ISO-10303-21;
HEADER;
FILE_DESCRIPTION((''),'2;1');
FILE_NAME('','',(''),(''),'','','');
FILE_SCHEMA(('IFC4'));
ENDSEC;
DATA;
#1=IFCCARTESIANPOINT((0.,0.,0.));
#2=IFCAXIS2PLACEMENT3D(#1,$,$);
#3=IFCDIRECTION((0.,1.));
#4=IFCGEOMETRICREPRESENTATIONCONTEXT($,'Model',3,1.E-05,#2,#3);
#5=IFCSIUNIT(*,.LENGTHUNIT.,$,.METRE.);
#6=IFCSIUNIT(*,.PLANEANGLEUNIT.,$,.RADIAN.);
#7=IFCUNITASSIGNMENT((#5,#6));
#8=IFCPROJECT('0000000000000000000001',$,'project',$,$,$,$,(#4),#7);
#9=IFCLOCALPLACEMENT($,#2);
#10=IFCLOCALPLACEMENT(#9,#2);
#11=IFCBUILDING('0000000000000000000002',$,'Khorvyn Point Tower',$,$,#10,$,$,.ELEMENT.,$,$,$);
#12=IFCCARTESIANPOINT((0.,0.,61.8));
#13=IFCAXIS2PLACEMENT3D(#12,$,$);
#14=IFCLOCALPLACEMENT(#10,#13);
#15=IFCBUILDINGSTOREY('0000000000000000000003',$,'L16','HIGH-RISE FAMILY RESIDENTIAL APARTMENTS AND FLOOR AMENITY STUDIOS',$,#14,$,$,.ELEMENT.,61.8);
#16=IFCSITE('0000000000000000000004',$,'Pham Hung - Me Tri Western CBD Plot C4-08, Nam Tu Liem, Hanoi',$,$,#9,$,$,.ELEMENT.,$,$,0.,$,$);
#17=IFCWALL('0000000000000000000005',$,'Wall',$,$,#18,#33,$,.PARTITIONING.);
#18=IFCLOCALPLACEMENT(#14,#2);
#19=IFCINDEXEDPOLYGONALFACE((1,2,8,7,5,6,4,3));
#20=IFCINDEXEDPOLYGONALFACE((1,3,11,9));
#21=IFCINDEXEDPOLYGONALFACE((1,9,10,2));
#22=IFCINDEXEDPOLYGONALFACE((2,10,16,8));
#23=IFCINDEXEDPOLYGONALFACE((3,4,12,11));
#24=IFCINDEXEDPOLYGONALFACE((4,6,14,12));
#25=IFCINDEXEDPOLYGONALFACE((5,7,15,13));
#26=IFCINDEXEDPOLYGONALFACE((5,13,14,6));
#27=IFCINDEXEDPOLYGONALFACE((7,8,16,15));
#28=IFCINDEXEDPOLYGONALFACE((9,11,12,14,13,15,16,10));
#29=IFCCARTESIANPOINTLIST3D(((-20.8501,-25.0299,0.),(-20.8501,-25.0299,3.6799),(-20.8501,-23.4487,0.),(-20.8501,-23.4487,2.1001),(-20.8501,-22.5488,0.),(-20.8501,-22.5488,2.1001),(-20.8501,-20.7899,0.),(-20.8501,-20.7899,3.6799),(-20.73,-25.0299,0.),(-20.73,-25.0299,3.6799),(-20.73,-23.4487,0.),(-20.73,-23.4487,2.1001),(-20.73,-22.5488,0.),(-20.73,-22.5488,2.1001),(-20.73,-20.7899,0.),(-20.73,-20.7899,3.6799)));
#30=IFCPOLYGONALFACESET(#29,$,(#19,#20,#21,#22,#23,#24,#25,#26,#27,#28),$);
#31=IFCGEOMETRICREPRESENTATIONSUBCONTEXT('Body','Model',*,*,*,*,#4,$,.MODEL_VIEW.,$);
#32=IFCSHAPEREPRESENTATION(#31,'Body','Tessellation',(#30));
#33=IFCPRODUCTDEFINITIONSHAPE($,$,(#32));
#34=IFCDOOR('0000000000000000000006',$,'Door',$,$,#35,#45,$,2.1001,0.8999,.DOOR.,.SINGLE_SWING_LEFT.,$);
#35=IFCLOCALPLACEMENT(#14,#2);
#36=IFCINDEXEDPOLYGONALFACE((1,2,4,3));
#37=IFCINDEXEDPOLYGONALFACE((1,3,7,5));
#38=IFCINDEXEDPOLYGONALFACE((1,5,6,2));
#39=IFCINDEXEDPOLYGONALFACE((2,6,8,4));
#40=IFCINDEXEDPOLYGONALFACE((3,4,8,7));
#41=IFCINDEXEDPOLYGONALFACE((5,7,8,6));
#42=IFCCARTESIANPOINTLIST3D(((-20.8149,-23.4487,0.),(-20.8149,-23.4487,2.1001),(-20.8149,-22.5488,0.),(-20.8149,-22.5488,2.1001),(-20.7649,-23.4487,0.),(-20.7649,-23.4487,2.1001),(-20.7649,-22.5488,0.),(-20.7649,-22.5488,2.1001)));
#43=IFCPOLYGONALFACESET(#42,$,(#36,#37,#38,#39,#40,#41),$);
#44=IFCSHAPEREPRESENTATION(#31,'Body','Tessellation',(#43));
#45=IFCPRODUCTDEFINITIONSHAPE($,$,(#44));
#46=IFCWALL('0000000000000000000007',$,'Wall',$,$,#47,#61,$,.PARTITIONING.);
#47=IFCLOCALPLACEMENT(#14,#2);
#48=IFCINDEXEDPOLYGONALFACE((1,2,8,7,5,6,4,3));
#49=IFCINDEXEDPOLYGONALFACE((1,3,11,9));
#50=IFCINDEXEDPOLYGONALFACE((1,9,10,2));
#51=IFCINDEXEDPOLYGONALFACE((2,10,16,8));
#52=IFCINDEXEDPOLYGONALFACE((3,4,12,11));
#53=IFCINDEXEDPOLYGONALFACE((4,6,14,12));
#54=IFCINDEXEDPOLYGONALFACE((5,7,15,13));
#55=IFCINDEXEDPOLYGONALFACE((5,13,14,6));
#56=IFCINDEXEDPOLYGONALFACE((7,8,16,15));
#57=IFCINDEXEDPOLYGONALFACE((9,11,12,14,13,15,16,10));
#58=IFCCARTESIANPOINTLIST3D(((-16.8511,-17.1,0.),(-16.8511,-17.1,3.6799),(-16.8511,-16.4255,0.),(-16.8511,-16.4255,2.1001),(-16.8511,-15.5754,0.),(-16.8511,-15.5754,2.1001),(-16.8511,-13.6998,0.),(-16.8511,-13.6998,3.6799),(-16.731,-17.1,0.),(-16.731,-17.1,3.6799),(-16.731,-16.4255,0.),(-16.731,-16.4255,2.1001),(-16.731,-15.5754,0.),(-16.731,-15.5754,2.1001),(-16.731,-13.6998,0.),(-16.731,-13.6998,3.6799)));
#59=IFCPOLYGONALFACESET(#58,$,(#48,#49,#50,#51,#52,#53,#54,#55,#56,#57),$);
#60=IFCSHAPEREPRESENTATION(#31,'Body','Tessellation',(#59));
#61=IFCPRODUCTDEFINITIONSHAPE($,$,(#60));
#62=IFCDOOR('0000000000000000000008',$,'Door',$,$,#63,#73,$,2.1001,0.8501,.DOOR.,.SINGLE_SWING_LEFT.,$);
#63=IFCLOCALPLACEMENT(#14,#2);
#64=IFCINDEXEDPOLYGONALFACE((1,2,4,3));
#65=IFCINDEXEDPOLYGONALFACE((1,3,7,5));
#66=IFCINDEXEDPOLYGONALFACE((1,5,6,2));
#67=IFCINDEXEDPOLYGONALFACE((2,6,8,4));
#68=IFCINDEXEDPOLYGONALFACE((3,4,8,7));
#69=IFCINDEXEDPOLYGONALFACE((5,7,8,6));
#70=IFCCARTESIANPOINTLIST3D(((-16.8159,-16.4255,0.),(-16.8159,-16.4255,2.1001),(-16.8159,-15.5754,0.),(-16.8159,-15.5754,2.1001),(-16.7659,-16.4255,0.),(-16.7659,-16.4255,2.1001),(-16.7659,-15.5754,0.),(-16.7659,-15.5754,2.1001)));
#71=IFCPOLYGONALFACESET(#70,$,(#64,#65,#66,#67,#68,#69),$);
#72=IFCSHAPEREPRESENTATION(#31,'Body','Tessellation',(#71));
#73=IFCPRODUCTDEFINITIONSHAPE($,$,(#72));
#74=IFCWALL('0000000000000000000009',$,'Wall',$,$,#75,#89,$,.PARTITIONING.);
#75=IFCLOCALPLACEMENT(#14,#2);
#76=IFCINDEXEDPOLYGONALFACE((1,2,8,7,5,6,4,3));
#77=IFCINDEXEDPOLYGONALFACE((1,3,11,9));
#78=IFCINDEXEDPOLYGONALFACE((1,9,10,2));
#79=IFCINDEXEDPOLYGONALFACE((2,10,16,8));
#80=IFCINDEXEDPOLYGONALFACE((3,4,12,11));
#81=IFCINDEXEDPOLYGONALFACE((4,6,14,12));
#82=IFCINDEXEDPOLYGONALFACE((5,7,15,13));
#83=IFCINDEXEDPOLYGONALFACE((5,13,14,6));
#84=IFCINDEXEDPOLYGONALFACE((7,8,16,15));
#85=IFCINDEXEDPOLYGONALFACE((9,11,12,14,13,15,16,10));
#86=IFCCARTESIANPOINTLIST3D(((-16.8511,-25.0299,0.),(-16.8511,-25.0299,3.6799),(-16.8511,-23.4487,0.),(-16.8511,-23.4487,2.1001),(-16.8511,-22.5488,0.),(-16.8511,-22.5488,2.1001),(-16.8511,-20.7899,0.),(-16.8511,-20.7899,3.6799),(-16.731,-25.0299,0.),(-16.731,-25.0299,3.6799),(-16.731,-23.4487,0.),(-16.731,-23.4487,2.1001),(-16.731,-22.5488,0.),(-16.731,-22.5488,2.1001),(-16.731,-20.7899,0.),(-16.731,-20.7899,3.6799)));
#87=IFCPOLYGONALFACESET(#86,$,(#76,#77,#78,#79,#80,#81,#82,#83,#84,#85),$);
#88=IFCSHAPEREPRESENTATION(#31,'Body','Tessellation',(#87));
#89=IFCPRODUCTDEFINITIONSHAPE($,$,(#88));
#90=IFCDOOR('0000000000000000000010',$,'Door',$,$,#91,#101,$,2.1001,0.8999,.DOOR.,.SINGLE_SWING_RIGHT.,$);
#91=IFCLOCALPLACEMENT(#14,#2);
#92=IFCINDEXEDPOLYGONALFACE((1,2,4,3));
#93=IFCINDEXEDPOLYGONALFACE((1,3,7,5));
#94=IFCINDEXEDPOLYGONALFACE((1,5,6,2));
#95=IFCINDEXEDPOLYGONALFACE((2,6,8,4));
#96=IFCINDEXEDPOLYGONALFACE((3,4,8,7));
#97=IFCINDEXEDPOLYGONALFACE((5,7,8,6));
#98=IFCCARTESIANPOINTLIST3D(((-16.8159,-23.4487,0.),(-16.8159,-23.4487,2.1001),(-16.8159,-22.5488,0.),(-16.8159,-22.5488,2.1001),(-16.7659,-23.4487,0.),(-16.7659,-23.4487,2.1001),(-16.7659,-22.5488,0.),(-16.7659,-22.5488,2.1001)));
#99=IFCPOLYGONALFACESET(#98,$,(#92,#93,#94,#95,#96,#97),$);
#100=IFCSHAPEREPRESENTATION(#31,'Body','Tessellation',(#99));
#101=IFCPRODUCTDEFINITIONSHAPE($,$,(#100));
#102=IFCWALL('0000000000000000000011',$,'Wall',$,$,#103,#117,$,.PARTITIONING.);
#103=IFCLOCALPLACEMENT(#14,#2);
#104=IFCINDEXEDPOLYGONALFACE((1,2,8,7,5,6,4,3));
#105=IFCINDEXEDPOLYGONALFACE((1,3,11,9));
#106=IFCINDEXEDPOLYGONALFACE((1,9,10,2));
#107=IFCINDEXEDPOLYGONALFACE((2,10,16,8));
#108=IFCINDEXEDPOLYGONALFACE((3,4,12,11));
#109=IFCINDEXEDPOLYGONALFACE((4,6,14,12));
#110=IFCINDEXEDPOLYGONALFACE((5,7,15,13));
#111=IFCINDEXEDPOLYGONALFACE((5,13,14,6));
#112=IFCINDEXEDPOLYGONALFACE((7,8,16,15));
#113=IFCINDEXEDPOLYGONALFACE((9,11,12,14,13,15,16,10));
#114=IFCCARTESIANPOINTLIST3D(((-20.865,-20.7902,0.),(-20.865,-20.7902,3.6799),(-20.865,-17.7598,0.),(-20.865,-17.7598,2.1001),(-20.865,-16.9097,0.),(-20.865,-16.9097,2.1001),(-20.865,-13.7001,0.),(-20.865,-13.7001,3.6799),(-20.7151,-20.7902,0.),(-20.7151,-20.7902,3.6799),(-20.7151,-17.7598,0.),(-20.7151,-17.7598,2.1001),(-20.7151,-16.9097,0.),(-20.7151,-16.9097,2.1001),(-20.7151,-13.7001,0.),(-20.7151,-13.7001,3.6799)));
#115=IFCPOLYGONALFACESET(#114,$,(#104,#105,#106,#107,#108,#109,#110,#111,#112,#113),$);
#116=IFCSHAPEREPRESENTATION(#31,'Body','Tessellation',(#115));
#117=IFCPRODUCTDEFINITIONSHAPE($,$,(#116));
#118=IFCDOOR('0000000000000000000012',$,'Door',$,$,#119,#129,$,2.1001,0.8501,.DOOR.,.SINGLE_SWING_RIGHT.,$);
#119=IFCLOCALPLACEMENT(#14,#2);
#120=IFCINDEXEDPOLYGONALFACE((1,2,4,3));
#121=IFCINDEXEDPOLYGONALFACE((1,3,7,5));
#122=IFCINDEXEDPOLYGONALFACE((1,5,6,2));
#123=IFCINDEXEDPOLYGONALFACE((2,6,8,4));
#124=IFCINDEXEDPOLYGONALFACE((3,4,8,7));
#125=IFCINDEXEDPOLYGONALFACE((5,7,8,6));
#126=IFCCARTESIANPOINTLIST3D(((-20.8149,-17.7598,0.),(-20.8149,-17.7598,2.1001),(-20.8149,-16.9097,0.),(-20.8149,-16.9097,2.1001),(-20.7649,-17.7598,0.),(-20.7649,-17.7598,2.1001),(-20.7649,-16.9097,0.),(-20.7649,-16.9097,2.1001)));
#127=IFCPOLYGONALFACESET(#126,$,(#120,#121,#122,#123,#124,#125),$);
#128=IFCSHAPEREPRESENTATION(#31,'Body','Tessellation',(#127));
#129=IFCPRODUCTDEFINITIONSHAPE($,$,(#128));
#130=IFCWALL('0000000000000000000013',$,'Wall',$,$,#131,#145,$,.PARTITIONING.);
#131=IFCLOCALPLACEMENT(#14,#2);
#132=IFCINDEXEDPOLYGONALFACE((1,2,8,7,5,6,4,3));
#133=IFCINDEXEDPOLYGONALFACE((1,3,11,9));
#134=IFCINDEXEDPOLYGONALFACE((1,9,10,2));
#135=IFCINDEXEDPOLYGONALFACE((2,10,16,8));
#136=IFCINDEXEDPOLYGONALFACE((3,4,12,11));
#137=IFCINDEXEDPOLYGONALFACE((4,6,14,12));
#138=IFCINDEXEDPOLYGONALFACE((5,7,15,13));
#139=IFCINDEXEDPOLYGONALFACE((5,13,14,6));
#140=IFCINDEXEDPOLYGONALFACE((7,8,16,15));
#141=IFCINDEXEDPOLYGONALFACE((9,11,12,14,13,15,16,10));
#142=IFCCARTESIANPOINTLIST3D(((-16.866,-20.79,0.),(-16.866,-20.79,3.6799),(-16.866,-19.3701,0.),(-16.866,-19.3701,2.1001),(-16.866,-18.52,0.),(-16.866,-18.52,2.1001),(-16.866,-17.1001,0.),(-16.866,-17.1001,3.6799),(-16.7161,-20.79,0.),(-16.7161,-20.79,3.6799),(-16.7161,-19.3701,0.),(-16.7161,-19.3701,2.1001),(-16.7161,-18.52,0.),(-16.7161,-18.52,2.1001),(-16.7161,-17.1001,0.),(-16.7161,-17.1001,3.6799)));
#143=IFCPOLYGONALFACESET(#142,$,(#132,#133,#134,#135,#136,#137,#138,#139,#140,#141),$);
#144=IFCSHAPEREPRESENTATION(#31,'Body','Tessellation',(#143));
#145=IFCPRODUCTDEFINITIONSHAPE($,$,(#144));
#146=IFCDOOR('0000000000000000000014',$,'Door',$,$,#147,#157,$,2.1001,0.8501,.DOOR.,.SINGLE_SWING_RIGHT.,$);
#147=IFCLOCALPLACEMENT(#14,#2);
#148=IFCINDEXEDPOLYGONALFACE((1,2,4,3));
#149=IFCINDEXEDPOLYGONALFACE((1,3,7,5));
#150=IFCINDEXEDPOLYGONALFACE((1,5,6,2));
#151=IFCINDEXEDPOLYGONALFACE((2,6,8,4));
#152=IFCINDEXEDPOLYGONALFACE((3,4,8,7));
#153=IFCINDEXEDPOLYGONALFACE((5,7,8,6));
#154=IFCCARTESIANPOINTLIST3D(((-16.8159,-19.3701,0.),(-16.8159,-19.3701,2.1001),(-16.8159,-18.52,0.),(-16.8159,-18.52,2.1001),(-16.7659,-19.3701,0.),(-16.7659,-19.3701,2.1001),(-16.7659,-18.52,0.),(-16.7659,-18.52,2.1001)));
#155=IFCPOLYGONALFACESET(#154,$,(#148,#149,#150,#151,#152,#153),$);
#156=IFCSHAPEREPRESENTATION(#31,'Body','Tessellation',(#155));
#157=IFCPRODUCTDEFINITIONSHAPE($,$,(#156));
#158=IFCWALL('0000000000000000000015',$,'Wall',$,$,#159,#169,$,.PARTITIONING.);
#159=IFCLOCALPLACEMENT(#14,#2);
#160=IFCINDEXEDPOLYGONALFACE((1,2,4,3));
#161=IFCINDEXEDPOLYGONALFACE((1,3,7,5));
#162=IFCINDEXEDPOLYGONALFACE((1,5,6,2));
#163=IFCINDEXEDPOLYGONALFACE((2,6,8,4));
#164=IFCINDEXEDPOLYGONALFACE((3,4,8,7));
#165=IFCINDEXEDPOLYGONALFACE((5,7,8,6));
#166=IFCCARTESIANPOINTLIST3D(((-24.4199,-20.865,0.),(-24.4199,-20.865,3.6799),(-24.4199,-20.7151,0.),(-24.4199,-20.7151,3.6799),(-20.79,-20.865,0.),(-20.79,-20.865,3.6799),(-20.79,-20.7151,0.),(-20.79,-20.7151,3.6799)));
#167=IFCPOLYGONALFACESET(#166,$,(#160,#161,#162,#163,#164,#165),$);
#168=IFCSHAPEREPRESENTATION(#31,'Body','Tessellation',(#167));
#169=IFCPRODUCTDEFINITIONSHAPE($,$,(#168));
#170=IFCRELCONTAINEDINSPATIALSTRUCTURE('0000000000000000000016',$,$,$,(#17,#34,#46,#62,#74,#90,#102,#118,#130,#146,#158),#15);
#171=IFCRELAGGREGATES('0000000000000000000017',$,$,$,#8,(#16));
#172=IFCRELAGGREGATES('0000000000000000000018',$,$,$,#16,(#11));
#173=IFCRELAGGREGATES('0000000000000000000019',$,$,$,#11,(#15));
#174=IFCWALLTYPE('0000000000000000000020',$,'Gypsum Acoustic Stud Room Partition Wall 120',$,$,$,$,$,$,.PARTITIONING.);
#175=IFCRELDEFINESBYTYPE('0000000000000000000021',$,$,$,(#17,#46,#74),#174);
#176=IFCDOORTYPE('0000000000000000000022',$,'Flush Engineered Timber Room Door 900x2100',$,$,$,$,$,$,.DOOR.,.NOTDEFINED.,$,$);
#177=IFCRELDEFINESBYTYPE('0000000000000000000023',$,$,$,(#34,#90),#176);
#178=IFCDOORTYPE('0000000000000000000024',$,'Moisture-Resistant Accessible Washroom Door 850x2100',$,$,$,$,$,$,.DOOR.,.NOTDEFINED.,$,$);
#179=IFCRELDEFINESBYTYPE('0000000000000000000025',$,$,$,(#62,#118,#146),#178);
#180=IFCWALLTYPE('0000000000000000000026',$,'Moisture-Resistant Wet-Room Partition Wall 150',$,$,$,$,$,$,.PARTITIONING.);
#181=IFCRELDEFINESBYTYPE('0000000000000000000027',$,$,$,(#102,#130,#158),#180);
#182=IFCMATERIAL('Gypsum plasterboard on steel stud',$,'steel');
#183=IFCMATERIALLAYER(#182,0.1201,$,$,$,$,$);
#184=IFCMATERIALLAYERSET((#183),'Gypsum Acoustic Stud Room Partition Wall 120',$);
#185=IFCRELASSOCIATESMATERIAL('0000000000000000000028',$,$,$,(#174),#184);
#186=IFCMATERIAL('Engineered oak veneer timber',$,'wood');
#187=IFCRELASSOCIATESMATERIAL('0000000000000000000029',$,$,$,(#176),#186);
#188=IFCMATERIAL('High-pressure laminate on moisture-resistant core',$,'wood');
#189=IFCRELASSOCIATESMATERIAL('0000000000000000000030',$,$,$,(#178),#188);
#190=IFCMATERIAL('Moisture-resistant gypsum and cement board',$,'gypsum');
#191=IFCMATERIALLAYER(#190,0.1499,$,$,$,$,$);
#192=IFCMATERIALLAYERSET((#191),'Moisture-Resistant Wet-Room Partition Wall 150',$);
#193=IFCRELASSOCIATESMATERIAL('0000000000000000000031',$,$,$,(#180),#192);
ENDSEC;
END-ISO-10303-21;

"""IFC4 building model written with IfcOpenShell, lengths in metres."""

from ifc_helpers import new_model, si_unit, direction, frame, frame_2d, origin, place, context, subcontext, project, spatial, rectangle, extrude, material, layer, layer_set, type_object, element, fill, save


model = new_model("IFC4")

# Units and contexts
model_context = context("Model", 3, precision=1e-05, world=origin(), true_north=direction((0.0, 1.0)))
body_context = subcontext(model_context, "Body", "Model", "MODEL_VIEW")
ifc_project = project(units=[si_unit("LENGTHUNIT", "METRE"), si_unit("PLANEANGLEUNIT", "RADIAN")], contexts=[model_context])

# Site, building, storey
site_placement = place(None, origin())
site = spatial("IfcSite", under=ifc_project, at=site_placement, Name="Pham Hung - Me Tri Western CBD Plot C4-08, Nam Tu Liem, Hanoi", CompositionType="ELEMENT", RefElevation=0.0)
building_placement = place(site_placement, origin())
building = spatial("IfcBuilding", under=site, at=building_placement, Name="Khorvyn Point Tower", CompositionType="ELEMENT")
storey_placement = place(building_placement, frame((0.0, 0.0, 61.8)))
storey = spatial("IfcBuildingStorey", under=building, at=storey_placement, Name="L16", Description="HIGH-RISE FAMILY RESIDENTIAL APARTMENTS AND FLOOR AMENITY STUDIOS", CompositionType="ELEMENT", Elevation=61.8)

# Walls, openings, doors
ifc_material_1 = material(Name="Gypsum plasterboard on steel stud", Category="steel")
ifc_layer_1 = layer(ifc_material_1, 0.1201)
ifc_layer_set_1 = layer_set([ifc_layer_1], Name="Gypsum Acoustic Stud Room Partition Wall 120")
wall_type_1 = type_object("IfcWallType", Name="Gypsum Acoustic Stud Room Partition Wall 120", PredefinedType="PARTITIONING", material=ifc_layer_set_1)
wall_1_placement = place(storey_placement, frame((-20.79, -25.03, 0.0), z_axis=(0.0, 0.0, 1.0), x_axis=(0.0, 1.0, 0.0)))
wall_1 = element("IfcWall", 1, at=wall_1_placement, inside=storey, type_object=wall_type_1, Name="Wall", PredefinedType="PARTITIONING", context=body_context, shape_type="SweptSolid", body=[
    extrude(rectangle(XDim=4.24, YDim=0.1201, at=frame_2d((2.1201, 0.0))), origin(), (0.0, 0.0, 1.0), 3.6799),
])
opening_1_placement = place(wall_1_placement, frame((1.5813, 0.0, 0.0)))
opening_1 = element("IfcOpeningElement", 2, at=opening_1_placement, cuts=wall_1, PredefinedType="OPENING", context=body_context, shape_type="SweptSolid", body=[
    extrude(rectangle(XDim=0.8999, YDim=2.1001, at=frame_2d((0.45, 1.05))), frame((0.0, 0.0701, 0.0), z_axis=(0.0, -1.0, 0.0), x_axis=(1.0, 0.0, 0.0)), (0.0, 0.0, 1.0), 0.1401),
])
ifc_material_2 = material(Name="Engineered oak veneer timber", Category="wood")
door_type_1 = type_object("IfcDoorType", Name="Flush Engineered Timber Room Door 900x2100", OperationType="NOTDEFINED", PredefinedType="DOOR", material=ifc_material_2)
door_1_placement = place(opening_1_placement, origin())
door_1 = element("IfcDoor", 3, at=door_1_placement, inside=storey, type_object=door_type_1, Name="Door", OperationType="SINGLE_SWING_LEFT", OverallHeight=2.1001, OverallWidth=0.8999, PredefinedType="DOOR", context=body_context, shape_type="SweptSolid", body=[
    extrude(rectangle(XDim=0.8999, YDim=2.1001, at=frame_2d((0.45, 1.05))), frame((0.0, 0.0249, 0.0), z_axis=(0.0, -1.0, 0.0), x_axis=(1.0, 0.0, 0.0)), (0.0, 0.0, 1.0), 0.05),
])
fill(opening_1, door_1)
wall_2_placement = place(storey_placement, frame((-16.791, -17.1001, 0.0), z_axis=(0.0, 0.0, 1.0), x_axis=(0.0, 1.0, 0.0)))
wall_2 = element("IfcWall", 4, at=wall_2_placement, inside=storey, type_object=wall_type_1, Name="Wall", PredefinedType="PARTITIONING", context=body_context, shape_type="SweptSolid", body=[
    extrude(rectangle(XDim=3.4001, YDim=0.1201, at=frame_2d((1.7002, 0.0))), origin(), (0.0, 0.0, 1.0), 3.6799),
])
opening_2_placement = place(wall_2_placement, frame((0.6746, 0.0, 0.0)))
opening_2 = element("IfcOpeningElement", 5, at=opening_2_placement, cuts=wall_2, PredefinedType="OPENING", context=body_context, shape_type="SweptSolid", body=[
    extrude(rectangle(XDim=0.8501, YDim=2.1001, at=frame_2d((0.425, 1.05))), frame((0.0, 0.0701, 0.0), z_axis=(0.0, -1.0, 0.0), x_axis=(1.0, 0.0, 0.0)), (0.0, 0.0, 1.0), 0.1401),
])
ifc_material_3 = material(Name="High-pressure laminate on moisture-resistant core", Category="wood")
door_type_2 = type_object("IfcDoorType", Name="Moisture-Resistant Accessible Washroom Door 850x2100", OperationType="NOTDEFINED", PredefinedType="DOOR", material=ifc_material_3)
door_2_placement = place(opening_2_placement, origin())
door_2 = element("IfcDoor", 6, at=door_2_placement, inside=storey, type_object=door_type_2, Name="Door", OperationType="SINGLE_SWING_LEFT", OverallHeight=2.1001, OverallWidth=0.8501, PredefinedType="DOOR", context=body_context, shape_type="SweptSolid", body=[
    extrude(rectangle(XDim=0.8501, YDim=2.1001, at=frame_2d((0.425, 1.05))), frame((0.0, 0.0249, 0.0), z_axis=(0.0, -1.0, 0.0), x_axis=(1.0, 0.0, 0.0)), (0.0, 0.0, 1.0), 0.05),
])
fill(opening_2, door_2)
wall_3_placement = place(storey_placement, frame((-16.791, -25.03, 0.0), z_axis=(0.0, 0.0, 1.0), x_axis=(0.0, 1.0, 0.0)))
wall_3 = element("IfcWall", 7, at=wall_3_placement, inside=storey, type_object=wall_type_1, Name="Wall", PredefinedType="PARTITIONING", context=body_context, shape_type="SweptSolid", body=[
    extrude(rectangle(XDim=4.24, YDim=0.1201, at=frame_2d((2.1201, 0.0))), origin(), (0.0, 0.0, 1.0), 3.6799),
])
opening_3_placement = place(wall_3_placement, frame((1.5813, 0.0, 0.0)))
opening_3 = element("IfcOpeningElement", 8, at=opening_3_placement, cuts=wall_3, PredefinedType="OPENING", context=body_context, shape_type="SweptSolid", body=[
    extrude(rectangle(XDim=0.8999, YDim=2.1001, at=frame_2d((0.45, 1.05))), frame((0.0, 0.0701, 0.0), z_axis=(0.0, -1.0, 0.0), x_axis=(1.0, 0.0, 0.0)), (0.0, 0.0, 1.0), 0.1401),
])
door_3_placement = place(opening_3_placement, origin())
door_3 = element("IfcDoor", 9, at=door_3_placement, inside=storey, type_object=door_type_1, Name="Door", OperationType="SINGLE_SWING_RIGHT", OverallHeight=2.1001, OverallWidth=0.8999, PredefinedType="DOOR", context=body_context, shape_type="SweptSolid", body=[
    extrude(rectangle(XDim=0.8999, YDim=2.1001, at=frame_2d((0.45, 1.05))), frame((0.0, 0.0249, 0.0), z_axis=(0.0, -1.0, 0.0), x_axis=(1.0, 0.0, 0.0)), (0.0, 0.0, 1.0), 0.05),
])
fill(opening_3, door_3)
ifc_material_4 = material(Name="Moisture-resistant gypsum and cement board", Category="gypsum")
ifc_layer_2 = layer(ifc_material_4, 0.1499)
ifc_layer_set_2 = layer_set([ifc_layer_2], Name="Moisture-Resistant Wet-Room Partition Wall 150")
wall_type_2 = type_object("IfcWallType", Name="Moisture-Resistant Wet-Room Partition Wall 150", PredefinedType="PARTITIONING", material=ifc_layer_set_2)
wall_4_placement = place(storey_placement, frame((-20.79, -20.79, 0.0), z_axis=(0.0, 0.0, 1.0), x_axis=(0.0, 1.0, 0.0)))
wall_4 = element("IfcWall", 10, at=wall_4_placement, inside=storey, type_object=wall_type_2, Name="Wall", PredefinedType="PARTITIONING", context=body_context, shape_type="SweptSolid", body=[
    extrude(rectangle(XDim=7.0901, YDim=0.1499, at=frame_2d((3.5449, 0.0))), origin(), (0.0, 0.0, 1.0), 3.6799),
])
opening_4_placement = place(wall_4_placement, frame((3.0303, 0.0, 0.0)))
opening_4 = element("IfcOpeningElement", 11, at=opening_4_placement, cuts=wall_4, PredefinedType="OPENING", context=body_context, shape_type="SweptSolid", body=[
    extrude(rectangle(XDim=0.8501, YDim=2.1001, at=frame_2d((0.425, 1.05))), frame((0.0, 0.085, 0.0), z_axis=(0.0, -1.0, 0.0), x_axis=(1.0, 0.0, 0.0)), (0.0, 0.0, 1.0), 0.1699),
])
door_4_placement = place(opening_4_placement, origin())
door_4 = element("IfcDoor", 12, at=door_4_placement, inside=storey, type_object=door_type_2, Name="Door", OperationType="SINGLE_SWING_RIGHT", OverallHeight=2.1001, OverallWidth=0.8501, PredefinedType="DOOR", context=body_context, shape_type="SweptSolid", body=[
    extrude(rectangle(XDim=0.8501, YDim=2.1001, at=frame_2d((0.425, 1.05))), frame((0.0, 0.0249, 0.0), z_axis=(0.0, -1.0, 0.0), x_axis=(1.0, 0.0, 0.0)), (0.0, 0.0, 1.0), 0.05),
])
fill(opening_4, door_4)
wall_5_placement = place(storey_placement, frame((-16.791, -20.79, 0.0), z_axis=(0.0, 0.0, 1.0), x_axis=(0.0, 1.0, 0.0)))
wall_5 = element("IfcWall", 13, at=wall_5_placement, inside=storey, type_object=wall_type_2, Name="Wall", PredefinedType="PARTITIONING", context=body_context, shape_type="SweptSolid", body=[
    extrude(rectangle(XDim=3.6899, YDim=0.1499, at=frame_2d((1.845, 0.0))), origin(), (0.0, 0.0, 1.0), 3.6799),
])
opening_5_placement = place(wall_5_placement, frame((1.4199, 0.0, 0.0)))
opening_5 = element("IfcOpeningElement", 14, at=opening_5_placement, cuts=wall_5, PredefinedType="OPENING", context=body_context, shape_type="SweptSolid", body=[
    extrude(rectangle(XDim=0.8501, YDim=2.1001, at=frame_2d((0.425, 1.05))), frame((0.0, 0.085, 0.0), z_axis=(0.0, -1.0, 0.0), x_axis=(1.0, 0.0, 0.0)), (0.0, 0.0, 1.0), 0.1699),
])
door_5_placement = place(opening_5_placement, origin())
door_5 = element("IfcDoor", 15, at=door_5_placement, inside=storey, type_object=door_type_2, Name="Door", OperationType="SINGLE_SWING_RIGHT", OverallHeight=2.1001, OverallWidth=0.8501, PredefinedType="DOOR", context=body_context, shape_type="SweptSolid", body=[
    extrude(rectangle(XDim=0.8501, YDim=2.1001, at=frame_2d((0.425, 1.05))), frame((0.0, 0.0249, 0.0), z_axis=(0.0, -1.0, 0.0), x_axis=(1.0, 0.0, 0.0)), (0.0, 0.0, 1.0), 0.05),
])
fill(opening_5, door_5)

# Wall
wall_6_placement = place(storey_placement, frame((-24.4199, -20.79, 0.0), z_axis=(0.0, 0.0, 1.0), x_axis=(1.0, 0.0, 0.0)))
element("IfcWall", 16, at=wall_6_placement, inside=storey, type_object=wall_type_2, Name="Wall", PredefinedType="PARTITIONING", context=body_context, shape_type="SweptSolid", body=[
    extrude(rectangle(XDim=3.6299, YDim=0.1499, at=frame_2d((1.8149, 0.0))), origin(), (0.0, 0.0, 1.0), 3.6799),
])

save(model, "model.ifc")
